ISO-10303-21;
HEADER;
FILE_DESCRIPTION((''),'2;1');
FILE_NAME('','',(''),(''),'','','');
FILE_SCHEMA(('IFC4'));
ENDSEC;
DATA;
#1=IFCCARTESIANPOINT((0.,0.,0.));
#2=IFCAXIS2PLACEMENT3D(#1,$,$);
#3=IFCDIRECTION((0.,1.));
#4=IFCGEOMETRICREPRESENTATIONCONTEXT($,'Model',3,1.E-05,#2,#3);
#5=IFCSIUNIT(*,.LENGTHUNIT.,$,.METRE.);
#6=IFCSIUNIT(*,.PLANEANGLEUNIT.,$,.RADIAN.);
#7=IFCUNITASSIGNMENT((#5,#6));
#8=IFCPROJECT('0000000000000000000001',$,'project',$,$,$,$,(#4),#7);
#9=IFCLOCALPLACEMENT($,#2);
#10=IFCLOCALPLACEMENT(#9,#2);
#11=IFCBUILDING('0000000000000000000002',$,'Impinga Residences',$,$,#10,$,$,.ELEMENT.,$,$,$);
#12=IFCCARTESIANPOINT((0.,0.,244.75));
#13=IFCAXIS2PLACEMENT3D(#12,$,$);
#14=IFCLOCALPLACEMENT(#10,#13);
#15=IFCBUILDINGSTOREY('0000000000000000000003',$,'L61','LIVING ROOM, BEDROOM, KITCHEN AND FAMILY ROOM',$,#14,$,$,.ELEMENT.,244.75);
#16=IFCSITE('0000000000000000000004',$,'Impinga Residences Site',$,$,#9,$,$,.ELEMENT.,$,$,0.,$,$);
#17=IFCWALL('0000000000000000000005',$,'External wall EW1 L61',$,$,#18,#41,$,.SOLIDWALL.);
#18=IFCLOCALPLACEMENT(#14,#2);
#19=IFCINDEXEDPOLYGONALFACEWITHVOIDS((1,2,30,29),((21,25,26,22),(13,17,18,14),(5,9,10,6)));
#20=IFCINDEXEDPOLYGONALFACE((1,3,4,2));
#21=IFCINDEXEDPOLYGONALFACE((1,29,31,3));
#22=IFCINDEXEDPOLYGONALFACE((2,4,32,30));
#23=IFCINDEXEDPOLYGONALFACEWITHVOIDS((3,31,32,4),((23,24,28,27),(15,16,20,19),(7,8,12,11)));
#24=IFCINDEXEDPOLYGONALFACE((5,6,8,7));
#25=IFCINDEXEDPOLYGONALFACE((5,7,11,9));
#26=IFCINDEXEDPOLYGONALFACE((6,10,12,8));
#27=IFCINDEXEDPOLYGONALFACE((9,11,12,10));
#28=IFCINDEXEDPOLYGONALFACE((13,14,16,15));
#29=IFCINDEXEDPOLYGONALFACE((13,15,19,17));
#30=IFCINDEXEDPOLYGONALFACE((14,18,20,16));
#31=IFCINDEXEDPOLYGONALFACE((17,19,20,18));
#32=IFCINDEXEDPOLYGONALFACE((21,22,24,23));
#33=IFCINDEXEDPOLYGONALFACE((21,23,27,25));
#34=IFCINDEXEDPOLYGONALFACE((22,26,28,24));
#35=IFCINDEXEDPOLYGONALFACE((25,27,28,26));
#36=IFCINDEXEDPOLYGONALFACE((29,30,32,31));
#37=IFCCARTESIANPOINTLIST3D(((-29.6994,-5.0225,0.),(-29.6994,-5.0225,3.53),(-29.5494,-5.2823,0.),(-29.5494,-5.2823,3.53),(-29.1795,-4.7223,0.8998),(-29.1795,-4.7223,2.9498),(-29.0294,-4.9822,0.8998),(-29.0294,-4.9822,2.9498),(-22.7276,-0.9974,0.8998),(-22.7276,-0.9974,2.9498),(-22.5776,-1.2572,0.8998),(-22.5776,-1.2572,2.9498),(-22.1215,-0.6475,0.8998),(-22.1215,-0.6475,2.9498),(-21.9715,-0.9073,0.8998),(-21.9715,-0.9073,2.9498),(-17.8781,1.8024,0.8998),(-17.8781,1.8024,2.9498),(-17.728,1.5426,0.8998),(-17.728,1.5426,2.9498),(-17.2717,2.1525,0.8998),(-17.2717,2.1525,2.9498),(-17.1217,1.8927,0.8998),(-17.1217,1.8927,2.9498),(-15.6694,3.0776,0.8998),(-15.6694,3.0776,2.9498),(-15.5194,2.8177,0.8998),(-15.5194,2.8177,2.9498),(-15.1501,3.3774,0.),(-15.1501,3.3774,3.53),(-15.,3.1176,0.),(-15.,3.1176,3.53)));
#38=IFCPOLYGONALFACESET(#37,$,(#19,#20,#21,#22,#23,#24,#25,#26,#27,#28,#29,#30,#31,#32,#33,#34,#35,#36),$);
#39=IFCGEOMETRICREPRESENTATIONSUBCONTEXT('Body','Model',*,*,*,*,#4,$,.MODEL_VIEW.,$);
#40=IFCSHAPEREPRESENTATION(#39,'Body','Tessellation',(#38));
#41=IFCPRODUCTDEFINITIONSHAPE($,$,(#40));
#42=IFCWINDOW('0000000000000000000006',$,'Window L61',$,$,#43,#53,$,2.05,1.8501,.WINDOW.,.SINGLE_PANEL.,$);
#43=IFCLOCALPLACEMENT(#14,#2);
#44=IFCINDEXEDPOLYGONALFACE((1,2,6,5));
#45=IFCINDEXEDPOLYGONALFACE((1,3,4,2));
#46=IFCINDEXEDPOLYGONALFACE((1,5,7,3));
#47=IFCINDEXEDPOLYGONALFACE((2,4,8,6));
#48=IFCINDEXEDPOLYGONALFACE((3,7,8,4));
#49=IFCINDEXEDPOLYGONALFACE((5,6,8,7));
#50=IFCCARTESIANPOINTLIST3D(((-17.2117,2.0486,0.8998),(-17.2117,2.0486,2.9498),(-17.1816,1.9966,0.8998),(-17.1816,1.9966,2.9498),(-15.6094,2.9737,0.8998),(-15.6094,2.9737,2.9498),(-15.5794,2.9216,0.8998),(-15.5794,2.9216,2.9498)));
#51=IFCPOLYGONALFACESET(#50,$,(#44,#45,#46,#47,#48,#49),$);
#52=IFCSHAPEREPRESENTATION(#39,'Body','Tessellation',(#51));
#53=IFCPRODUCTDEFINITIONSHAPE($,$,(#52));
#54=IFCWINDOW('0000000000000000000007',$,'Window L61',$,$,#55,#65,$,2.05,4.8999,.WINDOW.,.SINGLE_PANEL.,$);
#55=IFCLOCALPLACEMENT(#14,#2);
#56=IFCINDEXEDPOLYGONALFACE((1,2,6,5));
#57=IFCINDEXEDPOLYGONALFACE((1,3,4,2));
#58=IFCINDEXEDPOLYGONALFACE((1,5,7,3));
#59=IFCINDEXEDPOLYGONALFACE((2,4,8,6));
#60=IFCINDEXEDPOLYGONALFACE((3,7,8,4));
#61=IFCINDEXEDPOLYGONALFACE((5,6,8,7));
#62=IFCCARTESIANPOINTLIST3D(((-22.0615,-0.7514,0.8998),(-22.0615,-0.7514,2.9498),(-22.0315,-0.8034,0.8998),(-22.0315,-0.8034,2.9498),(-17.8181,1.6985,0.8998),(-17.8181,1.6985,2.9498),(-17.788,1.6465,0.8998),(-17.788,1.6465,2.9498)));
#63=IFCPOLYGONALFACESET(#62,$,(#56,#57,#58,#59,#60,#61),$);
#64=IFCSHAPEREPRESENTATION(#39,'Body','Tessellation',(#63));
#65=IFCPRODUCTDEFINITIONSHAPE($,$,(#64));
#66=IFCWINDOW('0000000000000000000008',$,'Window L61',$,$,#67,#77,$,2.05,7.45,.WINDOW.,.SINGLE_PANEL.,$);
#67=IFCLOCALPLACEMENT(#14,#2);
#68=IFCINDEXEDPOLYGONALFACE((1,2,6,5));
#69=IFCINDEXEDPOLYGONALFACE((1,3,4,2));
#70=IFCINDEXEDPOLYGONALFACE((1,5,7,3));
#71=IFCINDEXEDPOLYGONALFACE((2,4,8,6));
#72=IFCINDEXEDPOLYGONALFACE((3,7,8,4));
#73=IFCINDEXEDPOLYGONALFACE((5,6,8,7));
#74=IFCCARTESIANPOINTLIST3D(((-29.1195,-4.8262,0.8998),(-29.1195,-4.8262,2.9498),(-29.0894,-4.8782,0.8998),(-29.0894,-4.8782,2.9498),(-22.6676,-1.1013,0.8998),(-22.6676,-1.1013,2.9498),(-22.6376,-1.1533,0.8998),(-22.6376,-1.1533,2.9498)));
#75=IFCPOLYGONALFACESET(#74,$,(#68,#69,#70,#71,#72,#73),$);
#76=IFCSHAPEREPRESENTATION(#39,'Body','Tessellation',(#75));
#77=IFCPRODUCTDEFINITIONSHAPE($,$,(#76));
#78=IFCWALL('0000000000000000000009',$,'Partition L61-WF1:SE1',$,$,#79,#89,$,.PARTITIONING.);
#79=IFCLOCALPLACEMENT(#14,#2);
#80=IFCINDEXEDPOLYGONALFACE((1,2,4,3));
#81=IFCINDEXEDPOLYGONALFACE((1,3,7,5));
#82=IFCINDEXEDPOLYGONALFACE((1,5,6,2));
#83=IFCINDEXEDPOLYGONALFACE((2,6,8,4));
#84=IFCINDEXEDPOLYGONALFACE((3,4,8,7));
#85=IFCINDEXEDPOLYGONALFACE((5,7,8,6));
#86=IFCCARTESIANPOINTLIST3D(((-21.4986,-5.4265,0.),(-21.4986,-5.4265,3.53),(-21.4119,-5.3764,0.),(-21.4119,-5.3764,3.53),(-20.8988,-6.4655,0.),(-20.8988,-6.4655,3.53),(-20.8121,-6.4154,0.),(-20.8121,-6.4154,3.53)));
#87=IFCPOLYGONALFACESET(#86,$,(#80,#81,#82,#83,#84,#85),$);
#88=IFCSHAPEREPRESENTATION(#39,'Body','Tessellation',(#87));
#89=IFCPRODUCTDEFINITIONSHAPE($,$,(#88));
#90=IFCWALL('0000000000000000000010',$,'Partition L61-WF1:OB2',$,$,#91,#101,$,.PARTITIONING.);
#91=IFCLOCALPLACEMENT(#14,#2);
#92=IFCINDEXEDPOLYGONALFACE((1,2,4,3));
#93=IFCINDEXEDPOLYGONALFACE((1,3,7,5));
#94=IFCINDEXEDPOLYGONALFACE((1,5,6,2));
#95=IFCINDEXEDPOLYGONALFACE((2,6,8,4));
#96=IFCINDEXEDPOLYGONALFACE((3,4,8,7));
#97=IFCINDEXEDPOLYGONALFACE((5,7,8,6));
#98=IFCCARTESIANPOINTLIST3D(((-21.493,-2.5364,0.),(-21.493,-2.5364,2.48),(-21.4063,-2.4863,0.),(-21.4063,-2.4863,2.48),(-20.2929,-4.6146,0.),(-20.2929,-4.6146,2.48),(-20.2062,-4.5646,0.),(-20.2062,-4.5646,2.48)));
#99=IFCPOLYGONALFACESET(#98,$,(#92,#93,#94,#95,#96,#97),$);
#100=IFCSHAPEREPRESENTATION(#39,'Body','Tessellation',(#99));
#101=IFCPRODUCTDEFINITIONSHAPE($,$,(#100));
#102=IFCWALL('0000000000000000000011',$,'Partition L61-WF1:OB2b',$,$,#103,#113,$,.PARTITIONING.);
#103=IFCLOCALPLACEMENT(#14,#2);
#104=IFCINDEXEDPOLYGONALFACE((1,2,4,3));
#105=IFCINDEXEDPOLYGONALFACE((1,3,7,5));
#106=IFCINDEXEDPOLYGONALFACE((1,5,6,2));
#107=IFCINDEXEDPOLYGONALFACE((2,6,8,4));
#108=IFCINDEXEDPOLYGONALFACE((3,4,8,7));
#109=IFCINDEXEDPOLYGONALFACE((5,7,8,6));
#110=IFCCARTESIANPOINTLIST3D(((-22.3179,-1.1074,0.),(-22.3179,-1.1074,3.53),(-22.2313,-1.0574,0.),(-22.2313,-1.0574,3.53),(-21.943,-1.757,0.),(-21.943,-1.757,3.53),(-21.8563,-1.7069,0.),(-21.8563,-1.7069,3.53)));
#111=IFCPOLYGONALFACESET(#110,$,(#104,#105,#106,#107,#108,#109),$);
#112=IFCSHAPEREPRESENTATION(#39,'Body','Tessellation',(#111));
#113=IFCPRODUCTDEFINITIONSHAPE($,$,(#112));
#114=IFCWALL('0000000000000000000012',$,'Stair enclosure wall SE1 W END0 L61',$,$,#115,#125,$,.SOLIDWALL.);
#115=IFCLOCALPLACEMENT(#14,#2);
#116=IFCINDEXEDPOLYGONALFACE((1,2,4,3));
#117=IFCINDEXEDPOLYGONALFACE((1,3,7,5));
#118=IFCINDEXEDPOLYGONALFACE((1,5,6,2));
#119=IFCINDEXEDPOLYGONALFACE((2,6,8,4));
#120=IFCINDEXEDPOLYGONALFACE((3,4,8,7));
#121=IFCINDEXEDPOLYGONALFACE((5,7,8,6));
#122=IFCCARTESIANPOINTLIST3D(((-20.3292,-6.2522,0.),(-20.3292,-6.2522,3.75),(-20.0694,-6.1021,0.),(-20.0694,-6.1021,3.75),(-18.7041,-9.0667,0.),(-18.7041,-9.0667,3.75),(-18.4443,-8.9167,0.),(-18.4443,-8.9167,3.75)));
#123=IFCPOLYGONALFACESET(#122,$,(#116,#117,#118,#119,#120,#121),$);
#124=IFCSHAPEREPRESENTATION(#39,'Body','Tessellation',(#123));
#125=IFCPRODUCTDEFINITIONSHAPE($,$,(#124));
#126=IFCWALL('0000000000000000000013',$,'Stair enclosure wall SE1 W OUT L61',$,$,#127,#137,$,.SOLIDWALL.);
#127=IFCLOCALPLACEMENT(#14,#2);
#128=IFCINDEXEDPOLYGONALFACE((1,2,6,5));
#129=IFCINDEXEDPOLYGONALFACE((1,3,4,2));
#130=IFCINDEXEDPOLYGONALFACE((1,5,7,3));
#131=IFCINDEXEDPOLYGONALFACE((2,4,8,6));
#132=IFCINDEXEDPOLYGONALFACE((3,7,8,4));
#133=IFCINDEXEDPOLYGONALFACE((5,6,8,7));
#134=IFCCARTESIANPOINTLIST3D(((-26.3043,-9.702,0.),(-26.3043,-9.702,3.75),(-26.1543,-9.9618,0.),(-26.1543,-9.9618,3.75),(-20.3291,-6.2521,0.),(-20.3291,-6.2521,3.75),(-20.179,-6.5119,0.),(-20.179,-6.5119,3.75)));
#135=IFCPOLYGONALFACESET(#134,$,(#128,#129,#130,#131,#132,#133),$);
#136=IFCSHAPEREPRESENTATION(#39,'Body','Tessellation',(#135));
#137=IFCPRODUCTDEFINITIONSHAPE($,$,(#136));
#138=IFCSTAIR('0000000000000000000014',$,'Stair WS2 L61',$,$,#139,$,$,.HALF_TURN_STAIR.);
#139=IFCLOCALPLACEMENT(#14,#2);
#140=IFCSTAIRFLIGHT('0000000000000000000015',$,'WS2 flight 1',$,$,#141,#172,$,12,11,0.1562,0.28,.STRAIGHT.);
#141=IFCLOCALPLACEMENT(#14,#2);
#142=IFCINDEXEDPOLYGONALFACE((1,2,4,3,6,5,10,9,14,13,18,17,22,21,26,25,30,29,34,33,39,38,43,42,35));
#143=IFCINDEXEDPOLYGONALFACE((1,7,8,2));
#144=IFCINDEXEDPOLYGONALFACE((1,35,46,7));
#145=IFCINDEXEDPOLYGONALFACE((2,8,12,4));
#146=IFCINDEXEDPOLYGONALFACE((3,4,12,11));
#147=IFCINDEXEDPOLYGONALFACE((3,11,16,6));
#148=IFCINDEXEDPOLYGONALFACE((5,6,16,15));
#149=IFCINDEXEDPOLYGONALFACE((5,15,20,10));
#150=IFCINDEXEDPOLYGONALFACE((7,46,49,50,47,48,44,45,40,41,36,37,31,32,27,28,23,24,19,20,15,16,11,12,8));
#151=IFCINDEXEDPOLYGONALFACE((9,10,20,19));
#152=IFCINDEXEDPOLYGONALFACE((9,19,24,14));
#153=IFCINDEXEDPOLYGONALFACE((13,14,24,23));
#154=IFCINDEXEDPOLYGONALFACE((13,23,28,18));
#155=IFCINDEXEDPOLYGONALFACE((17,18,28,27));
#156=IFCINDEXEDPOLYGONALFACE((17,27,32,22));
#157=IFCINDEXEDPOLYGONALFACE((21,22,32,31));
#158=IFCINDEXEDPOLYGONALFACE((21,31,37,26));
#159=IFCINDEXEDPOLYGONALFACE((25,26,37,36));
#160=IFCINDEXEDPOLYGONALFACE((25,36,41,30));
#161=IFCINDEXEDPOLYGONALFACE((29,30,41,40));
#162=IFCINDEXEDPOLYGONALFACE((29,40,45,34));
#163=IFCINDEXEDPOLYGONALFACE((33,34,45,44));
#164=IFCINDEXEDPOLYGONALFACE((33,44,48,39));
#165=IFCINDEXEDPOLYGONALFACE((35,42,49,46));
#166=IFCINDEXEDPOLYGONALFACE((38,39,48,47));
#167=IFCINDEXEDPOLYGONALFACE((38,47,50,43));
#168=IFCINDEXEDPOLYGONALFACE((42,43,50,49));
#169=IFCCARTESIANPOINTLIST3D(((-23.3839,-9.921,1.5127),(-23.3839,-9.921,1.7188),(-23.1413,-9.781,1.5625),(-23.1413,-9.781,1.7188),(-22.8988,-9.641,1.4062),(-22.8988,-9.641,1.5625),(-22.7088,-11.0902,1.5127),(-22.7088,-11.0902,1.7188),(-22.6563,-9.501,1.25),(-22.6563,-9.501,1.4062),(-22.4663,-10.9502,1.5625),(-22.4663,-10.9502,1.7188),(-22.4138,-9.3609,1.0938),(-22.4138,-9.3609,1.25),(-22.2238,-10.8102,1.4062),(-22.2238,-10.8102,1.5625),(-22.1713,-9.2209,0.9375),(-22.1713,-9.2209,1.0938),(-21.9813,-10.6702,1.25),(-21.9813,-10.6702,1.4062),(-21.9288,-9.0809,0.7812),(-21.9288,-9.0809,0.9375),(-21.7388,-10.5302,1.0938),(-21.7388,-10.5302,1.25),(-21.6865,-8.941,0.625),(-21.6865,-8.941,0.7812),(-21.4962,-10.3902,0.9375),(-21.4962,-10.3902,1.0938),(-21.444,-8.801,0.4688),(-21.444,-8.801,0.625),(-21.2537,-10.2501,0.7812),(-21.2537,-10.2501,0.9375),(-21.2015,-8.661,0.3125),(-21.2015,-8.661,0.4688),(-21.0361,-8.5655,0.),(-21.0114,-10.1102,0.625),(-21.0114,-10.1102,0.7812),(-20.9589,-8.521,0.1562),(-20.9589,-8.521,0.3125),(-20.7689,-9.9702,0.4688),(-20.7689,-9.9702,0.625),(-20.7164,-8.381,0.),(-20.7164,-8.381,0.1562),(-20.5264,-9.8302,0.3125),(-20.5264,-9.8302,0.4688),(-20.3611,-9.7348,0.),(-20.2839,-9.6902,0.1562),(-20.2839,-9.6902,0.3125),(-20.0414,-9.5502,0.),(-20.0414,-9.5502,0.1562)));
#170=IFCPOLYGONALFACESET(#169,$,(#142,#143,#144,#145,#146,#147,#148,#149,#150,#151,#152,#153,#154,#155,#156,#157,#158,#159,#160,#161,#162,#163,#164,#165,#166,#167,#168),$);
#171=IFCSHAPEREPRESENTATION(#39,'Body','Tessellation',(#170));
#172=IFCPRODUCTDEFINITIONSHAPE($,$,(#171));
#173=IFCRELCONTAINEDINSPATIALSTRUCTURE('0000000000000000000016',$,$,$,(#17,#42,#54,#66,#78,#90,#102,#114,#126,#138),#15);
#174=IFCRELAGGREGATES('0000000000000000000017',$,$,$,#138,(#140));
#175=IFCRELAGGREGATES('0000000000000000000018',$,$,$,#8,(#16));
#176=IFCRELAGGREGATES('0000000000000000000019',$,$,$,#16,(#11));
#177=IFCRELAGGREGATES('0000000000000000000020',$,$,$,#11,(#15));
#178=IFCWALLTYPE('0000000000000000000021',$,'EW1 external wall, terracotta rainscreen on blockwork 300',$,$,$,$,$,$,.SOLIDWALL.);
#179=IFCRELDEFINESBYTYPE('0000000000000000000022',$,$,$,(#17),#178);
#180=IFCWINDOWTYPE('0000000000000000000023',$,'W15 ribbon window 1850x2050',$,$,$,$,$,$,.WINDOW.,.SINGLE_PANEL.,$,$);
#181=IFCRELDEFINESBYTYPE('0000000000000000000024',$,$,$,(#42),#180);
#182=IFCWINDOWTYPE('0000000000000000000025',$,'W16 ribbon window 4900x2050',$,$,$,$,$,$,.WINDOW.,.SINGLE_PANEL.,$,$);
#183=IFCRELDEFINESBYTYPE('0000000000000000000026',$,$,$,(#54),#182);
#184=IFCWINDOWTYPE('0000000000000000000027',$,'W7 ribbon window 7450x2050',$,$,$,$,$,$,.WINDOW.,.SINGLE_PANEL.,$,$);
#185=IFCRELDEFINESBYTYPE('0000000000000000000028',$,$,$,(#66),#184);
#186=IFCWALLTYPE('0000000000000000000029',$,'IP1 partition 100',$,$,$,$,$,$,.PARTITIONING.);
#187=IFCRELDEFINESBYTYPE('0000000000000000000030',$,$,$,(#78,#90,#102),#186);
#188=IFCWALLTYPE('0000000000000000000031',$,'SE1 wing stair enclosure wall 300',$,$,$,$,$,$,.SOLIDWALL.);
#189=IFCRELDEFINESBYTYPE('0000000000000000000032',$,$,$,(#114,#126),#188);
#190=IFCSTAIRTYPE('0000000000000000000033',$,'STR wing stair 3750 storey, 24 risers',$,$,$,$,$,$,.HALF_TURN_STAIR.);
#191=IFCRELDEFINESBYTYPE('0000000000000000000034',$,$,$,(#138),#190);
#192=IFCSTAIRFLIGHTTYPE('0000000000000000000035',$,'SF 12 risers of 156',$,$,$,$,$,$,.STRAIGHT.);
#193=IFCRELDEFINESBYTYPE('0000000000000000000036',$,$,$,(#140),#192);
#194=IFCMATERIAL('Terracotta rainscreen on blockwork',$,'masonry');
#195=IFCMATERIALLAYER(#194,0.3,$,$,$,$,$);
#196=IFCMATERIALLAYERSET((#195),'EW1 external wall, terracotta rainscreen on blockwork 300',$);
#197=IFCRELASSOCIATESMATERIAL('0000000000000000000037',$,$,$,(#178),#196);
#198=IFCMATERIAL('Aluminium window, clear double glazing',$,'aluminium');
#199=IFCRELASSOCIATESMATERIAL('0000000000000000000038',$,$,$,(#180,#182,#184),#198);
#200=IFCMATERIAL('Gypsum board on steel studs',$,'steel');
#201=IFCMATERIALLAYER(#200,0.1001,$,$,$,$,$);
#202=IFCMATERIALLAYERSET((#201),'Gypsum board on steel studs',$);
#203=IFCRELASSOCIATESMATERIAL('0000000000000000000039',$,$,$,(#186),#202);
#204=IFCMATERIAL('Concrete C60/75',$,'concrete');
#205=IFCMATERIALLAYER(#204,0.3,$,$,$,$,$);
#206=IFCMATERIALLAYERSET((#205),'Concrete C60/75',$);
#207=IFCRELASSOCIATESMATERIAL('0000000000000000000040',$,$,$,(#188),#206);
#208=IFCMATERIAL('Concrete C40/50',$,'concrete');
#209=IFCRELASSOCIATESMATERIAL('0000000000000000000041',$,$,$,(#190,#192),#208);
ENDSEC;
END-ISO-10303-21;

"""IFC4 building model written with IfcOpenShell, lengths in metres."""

from ifc_helpers import new_model, si_unit, direction, frame, frame_2d, origin, place, context, subcontext, project, spatial, polyline, rectangle, outline, extrude, material, layer, layer_set, type_object, element, fill, aggregate, save


model = new_model("IFC4")

# Units and contexts
model_context = context("Model", 3, precision=1e-05, world=origin(), true_north=direction((0.0, 1.0)))
body_context = subcontext(model_context, "Body", "Model", "MODEL_VIEW")
ifc_project = project(units=[si_unit("LENGTHUNIT", "METRE"), si_unit("PLANEANGLEUNIT", "RADIAN")], contexts=[model_context])

# Site, building, storey
site_placement = place(None, origin())
site = spatial("IfcSite", under=ifc_project, at=site_placement, Name="Impinga Residences Site", CompositionType="ELEMENT", RefElevation=0.0)
building_placement = place(site_placement, origin())
building = spatial("IfcBuilding", under=site, at=building_placement, Name="Impinga Residences", CompositionType="ELEMENT")
storey_placement = place(building_placement, frame((0.0, 0.0, 244.75)))
storey = spatial("IfcBuildingStorey", under=building, at=storey_placement, Name="L61", Description="LIVING ROOM, BEDROOM, KITCHEN AND FAMILY ROOM", CompositionType="ELEMENT", Elevation=244.75)

# Shared definitions
ifc_material_1 = material(Name="Concrete C60/75", Category="concrete")

# Shared definitions
ifc_material_2 = material(Name="Terracotta rainscreen on blockwork", Category="masonry")
ifc_layer_1 = layer(ifc_material_2, 0.3)
ifc_layer_set_1 = layer_set([ifc_layer_1], Name="EW1 external wall, terracotta rainscreen on blockwork 300")
wall_type_1 = type_object("IfcWallType", Name="EW1 external wall, terracotta rainscreen on blockwork 300", PredefinedType="SOLIDWALL", material=ifc_layer_set_1)

# Wall, openings, windows
wall_1_placement = place(storey_placement, frame((-29.6243, -5.1523, 0.0), z_axis=(0.0, 0.0, 1.0), x_axis=(0.866029, 0.499993, 0.0)))
wall_1 = element("IfcWall", 1, at=wall_1_placement, inside=storey, type_object=wall_type_1, Name="External wall EW1 L61", PredefinedType="SOLIDWALL", context=body_context, shape_type="SweptSolid", body=[
    extrude(rectangle(XDim=16.8, YDim=0.3, at=frame_2d((8.3999, 0.0))), origin(), (0.0, 0.0, 1.0), 3.53),
])
opening_1_placement = place(wall_1_placement, frame((0.6001, 0.0, 0.8999)))
opening_1 = element("IfcOpeningElement", 2, at=opening_1_placement, cuts=wall_1, PredefinedType="OPENING", context=body_context, shape_type="SweptSolid", body=[
    extrude(rectangle(XDim=7.45, YDim=2.05, at=frame_2d((3.7251, 1.0249))), frame((0.0, 0.1599, 0.0), z_axis=(0.0, -1.0, 0.0), x_axis=(1.0, 0.0, 0.0)), (0.0, 0.0, 1.0), 0.3201),
])
opening_2_placement = place(wall_1_placement, frame((8.75, 0.0, 0.8999)))
opening_2 = element("IfcOpeningElement", 3, at=opening_2_placement, cuts=wall_1, PredefinedType="OPENING", context=body_context, shape_type="SweptSolid", body=[
    extrude(rectangle(XDim=4.8999, YDim=2.05, at=frame_2d((2.45, 1.0249))), frame((0.0, 0.1599, 0.0), z_axis=(0.0, -1.0, 0.0), x_axis=(1.0, 0.0, 0.0)), (0.0, 0.0, 1.0), 0.3201),
])
opening_3_placement = place(wall_1_placement, frame((14.3501, 0.0, 0.8999)))
opening_3 = element("IfcOpeningElement", 4, at=opening_3_placement, cuts=wall_1, PredefinedType="OPENING", context=body_context, shape_type="SweptSolid", body=[
    extrude(rectangle(XDim=1.8501, YDim=2.05, at=frame_2d((0.925, 1.0249))), frame((0.0, 0.1599, 0.0), z_axis=(0.0, -1.0, 0.0), x_axis=(1.0, 0.0, 0.0)), (0.0, 0.0, 1.0), 0.3201),
])
ifc_material_3 = material(Name="Aluminium window, clear double glazing", Category="aluminium")
window_type_1 = type_object("IfcWindowType", Name="W15 ribbon window 1850x2050", PartitioningType="SINGLE_PANEL", PredefinedType="WINDOW", material=ifc_material_3)
window_1_placement = place(opening_3_placement, origin())
window_1 = element("IfcWindow", 5, at=window_1_placement, inside=storey, type_object=window_type_1, Name="Window L61", OverallHeight=2.05, OverallWidth=1.8501, PartitioningType="SINGLE_PANEL", PredefinedType="WINDOW", context=body_context, shape_type="SweptSolid", body=[
    extrude(rectangle(XDim=1.8501, YDim=2.05, at=frame_2d((0.925, 1.0249))), frame((0.0, 0.03, 0.0), z_axis=(0.0, -1.0, 0.0), x_axis=(1.0, 0.0, 0.0)), (0.0, 0.0, 1.0), 0.0601),
])
fill(opening_3, window_1)
window_type_2 = type_object("IfcWindowType", Name="W16 ribbon window 4900x2050", PartitioningType="SINGLE_PANEL", PredefinedType="WINDOW", material=ifc_material_3)
window_2_placement = place(opening_2_placement, origin())
window_2 = element("IfcWindow", 6, at=window_2_placement, inside=storey, type_object=window_type_2, Name="Window L61", OverallHeight=2.05, OverallWidth=4.8999, PartitioningType="SINGLE_PANEL", PredefinedType="WINDOW", context=body_context, shape_type="SweptSolid", body=[
    extrude(rectangle(XDim=4.8999, YDim=2.05, at=frame_2d((2.45, 1.0249))), frame((0.0, 0.03, 0.0), z_axis=(0.0, -1.0, 0.0), x_axis=(1.0, 0.0, 0.0)), (0.0, 0.0, 1.0), 0.0601),
])
fill(opening_2, window_2)
window_type_3 = type_object("IfcWindowType", Name="W7 ribbon window 7450x2050", PartitioningType="SINGLE_PANEL", PredefinedType="WINDOW", material=ifc_material_3)
window_3_placement = place(opening_1_placement, origin())
window_3 = element("IfcWindow", 7, at=window_3_placement, inside=storey, type_object=window_type_3, Name="Window L61", OverallHeight=2.05, OverallWidth=7.45, PartitioningType="SINGLE_PANEL", PredefinedType="WINDOW", context=body_context, shape_type="SweptSolid", body=[
    extrude(rectangle(XDim=7.45, YDim=2.05, at=frame_2d((3.7251, 1.0249))), frame((0.0, 0.03, 0.0), z_axis=(0.0, -1.0, 0.0), x_axis=(1.0, 0.0, 0.0)), (0.0, 0.0, 1.0), 0.0601),
])
fill(opening_1, window_3)

# Walls
ifc_material_4 = material(Name="Gypsum board on steel studs", Category="steel")
ifc_layer_2 = layer(ifc_material_4, 0.1001)
ifc_layer_set_2 = layer_set([ifc_layer_2], Name="Gypsum board on steel studs")
wall_type_2 = type_object("IfcWallType", Name="IP1 partition 100", PredefinedType="PARTITIONING", material=ifc_layer_set_2)
wall_2_placement = place(storey_placement, frame((-20.8555, -6.4404, 0.0), z_axis=(0.0, 0.0, 1.0), x_axis=(-0.499969, 0.866043, 0.0)))
element("IfcWall", 8, at=wall_2_placement, inside=storey, type_object=wall_type_2, Name="Partition L61-WF1:SE1", PredefinedType="PARTITIONING", context=body_context, shape_type="SweptSolid", body=[
    extrude(rectangle(XDim=1.1997, YDim=0.1001, at=frame_2d((0.5999, 0.0))), origin(), (0.0, 0.0, 1.0), 3.53),
])
wall_3_placement = place(storey_placement, frame((-20.2495, -4.5896, 0.0), z_axis=(0.0, 0.0, 1.0), x_axis=(-0.500078, 0.865981, 0.0)))
element("IfcWall", 9, at=wall_3_placement, inside=storey, type_object=wall_type_2, Name="Partition L61-WF1:OB2", PredefinedType="PARTITIONING", context=body_context, shape_type="SweptSolid", body=[
    extrude(rectangle(XDim=2.3999, YDim=0.1001, at=frame_2d((1.2, 0.0))), origin(), (0.0, 0.0, 1.0), 2.48),
])
wall_4_placement = place(storey_placement, frame((-21.8997, -1.7319, 0.0), z_axis=(0.0, 0.0, 1.0), x_axis=(-0.49992, 0.866072, 0.0)))
element("IfcWall", 10, at=wall_4_placement, inside=storey, type_object=wall_type_2, Name="Partition L61-WF1:OB2b", PredefinedType="PARTITIONING", context=body_context, shape_type="SweptSolid", body=[
    extrude(rectangle(XDim=0.75, YDim=0.1001, at=frame_2d((0.375, 0.0))), origin(), (0.0, 0.0, 1.0), 3.53),
])
ifc_layer_3 = layer(ifc_material_1, 0.3)
ifc_layer_set_3 = layer_set([ifc_layer_3], Name="Concrete C60/75")
wall_type_3 = type_object("IfcWallType", Name="SE1 wing stair enclosure wall 300", PredefinedType="SOLIDWALL", material=ifc_layer_set_3)
wall_5_placement = place(storey_placement, frame((-18.5742, -8.9917, 0.0), z_axis=(0.0, 0.0, 1.0), x_axis=(-0.500017, 0.866015, 0.0)))
element("IfcWall", 11, at=wall_5_placement, inside=storey, type_object=wall_type_3, Name="Stair enclosure wall SE1 W END0 L61", PredefinedType="SOLIDWALL", context=body_context, shape_type="SweptSolid", body=[
    extrude(rectangle(XDim=3.25, YDim=0.3, at=frame_2d((1.625, 0.0))), origin(), (0.0, 0.0, 1.0), 3.75),
])
wall_6_placement = place(storey_placement, frame((-20.2542, -6.3821, 0.0), z_axis=(0.0, 0.0, 1.0), x_axis=(-0.86602, -0.500009, 0.0)))
element("IfcWall", 12, at=wall_6_placement, inside=storey, type_object=wall_type_3, Name="Stair enclosure wall SE1 W OUT L61", PredefinedType="SOLIDWALL", context=body_context, shape_type="SweptSolid", body=[
    extrude(rectangle(XDim=6.8997, YDim=0.3, at=frame_2d((3.4497, 0.0))), origin(), (0.0, 0.0, 1.0), 3.75),
])

# Stair, stair flight
ifc_material_5 = material(Name="Concrete C40/50", Category="concrete")
stair_type = type_object("IfcStairType", Name="STR wing stair 3750 storey, 24 risers", PredefinedType="HALF_TURN_STAIR", material=ifc_material_5)
stair_placement = place(storey_placement, origin())
stair = element("IfcStair", 13, at=stair_placement, inside=storey, type_object=stair_type, Name="Stair WS2 L61", PredefinedType="HALF_TURN_STAIR")
stair_flight_type = type_object("IfcStairFlightType", Name="SF 12 risers of 156", PredefinedType="STRAIGHT", material=ifc_material_5)
stair_flight_1_placement = place(storey_placement, frame((-20.3789, -8.9656, 0.0), z_axis=(0.0, 0.0, 1.0), x_axis=(-0.866025, -0.5, 0.0)))
stair_flight_1 = element("IfcStairFlight", 14, at=stair_flight_1_placement, type_object=stair_flight_type, Name="WS2 flight 1", NumberOfRisers=12, NumberOfTreads=11, PredefinedType="STRAIGHT", RiserHeight=0.1562, TreadLength=0.28, context=body_context, shape_type="SweptSolid", body=[
    extrude(outline(polyline([(0.0, 0.0), (0.0, 0.1562), (0.28, 0.1562), (0.28, 0.3125), (0.5601, 0.3125), (0.5601, 0.4688), (0.8401, 0.4688), (0.8401, 0.625), (1.1201, 0.625), (1.1201, 0.7812), (1.3999, 0.7812), (1.3999, 0.9375), (1.6799, 0.9375), (1.6799, 1.0938), (1.96, 1.0938), (1.96, 1.25), (2.24, 1.25), (2.24, 1.4062), (2.52, 1.4062), (2.52, 1.5625), (2.8, 1.5625), (2.8, 1.7188), (3.0801, 1.7188), (3.0801, 1.875), (3.0801, 1.5127), (0.3691, 0.0), (0.0, 0.0)])), frame((0.0, 0.675, 0.0), z_axis=(0.0, -1.0, 0.0), x_axis=(1.0, 0.0, 0.0)), (0.0, 0.0, 1.0), 1.3501),
])
aggregate(stair, [stair_flight_1])

save(model, "model.ifc")
